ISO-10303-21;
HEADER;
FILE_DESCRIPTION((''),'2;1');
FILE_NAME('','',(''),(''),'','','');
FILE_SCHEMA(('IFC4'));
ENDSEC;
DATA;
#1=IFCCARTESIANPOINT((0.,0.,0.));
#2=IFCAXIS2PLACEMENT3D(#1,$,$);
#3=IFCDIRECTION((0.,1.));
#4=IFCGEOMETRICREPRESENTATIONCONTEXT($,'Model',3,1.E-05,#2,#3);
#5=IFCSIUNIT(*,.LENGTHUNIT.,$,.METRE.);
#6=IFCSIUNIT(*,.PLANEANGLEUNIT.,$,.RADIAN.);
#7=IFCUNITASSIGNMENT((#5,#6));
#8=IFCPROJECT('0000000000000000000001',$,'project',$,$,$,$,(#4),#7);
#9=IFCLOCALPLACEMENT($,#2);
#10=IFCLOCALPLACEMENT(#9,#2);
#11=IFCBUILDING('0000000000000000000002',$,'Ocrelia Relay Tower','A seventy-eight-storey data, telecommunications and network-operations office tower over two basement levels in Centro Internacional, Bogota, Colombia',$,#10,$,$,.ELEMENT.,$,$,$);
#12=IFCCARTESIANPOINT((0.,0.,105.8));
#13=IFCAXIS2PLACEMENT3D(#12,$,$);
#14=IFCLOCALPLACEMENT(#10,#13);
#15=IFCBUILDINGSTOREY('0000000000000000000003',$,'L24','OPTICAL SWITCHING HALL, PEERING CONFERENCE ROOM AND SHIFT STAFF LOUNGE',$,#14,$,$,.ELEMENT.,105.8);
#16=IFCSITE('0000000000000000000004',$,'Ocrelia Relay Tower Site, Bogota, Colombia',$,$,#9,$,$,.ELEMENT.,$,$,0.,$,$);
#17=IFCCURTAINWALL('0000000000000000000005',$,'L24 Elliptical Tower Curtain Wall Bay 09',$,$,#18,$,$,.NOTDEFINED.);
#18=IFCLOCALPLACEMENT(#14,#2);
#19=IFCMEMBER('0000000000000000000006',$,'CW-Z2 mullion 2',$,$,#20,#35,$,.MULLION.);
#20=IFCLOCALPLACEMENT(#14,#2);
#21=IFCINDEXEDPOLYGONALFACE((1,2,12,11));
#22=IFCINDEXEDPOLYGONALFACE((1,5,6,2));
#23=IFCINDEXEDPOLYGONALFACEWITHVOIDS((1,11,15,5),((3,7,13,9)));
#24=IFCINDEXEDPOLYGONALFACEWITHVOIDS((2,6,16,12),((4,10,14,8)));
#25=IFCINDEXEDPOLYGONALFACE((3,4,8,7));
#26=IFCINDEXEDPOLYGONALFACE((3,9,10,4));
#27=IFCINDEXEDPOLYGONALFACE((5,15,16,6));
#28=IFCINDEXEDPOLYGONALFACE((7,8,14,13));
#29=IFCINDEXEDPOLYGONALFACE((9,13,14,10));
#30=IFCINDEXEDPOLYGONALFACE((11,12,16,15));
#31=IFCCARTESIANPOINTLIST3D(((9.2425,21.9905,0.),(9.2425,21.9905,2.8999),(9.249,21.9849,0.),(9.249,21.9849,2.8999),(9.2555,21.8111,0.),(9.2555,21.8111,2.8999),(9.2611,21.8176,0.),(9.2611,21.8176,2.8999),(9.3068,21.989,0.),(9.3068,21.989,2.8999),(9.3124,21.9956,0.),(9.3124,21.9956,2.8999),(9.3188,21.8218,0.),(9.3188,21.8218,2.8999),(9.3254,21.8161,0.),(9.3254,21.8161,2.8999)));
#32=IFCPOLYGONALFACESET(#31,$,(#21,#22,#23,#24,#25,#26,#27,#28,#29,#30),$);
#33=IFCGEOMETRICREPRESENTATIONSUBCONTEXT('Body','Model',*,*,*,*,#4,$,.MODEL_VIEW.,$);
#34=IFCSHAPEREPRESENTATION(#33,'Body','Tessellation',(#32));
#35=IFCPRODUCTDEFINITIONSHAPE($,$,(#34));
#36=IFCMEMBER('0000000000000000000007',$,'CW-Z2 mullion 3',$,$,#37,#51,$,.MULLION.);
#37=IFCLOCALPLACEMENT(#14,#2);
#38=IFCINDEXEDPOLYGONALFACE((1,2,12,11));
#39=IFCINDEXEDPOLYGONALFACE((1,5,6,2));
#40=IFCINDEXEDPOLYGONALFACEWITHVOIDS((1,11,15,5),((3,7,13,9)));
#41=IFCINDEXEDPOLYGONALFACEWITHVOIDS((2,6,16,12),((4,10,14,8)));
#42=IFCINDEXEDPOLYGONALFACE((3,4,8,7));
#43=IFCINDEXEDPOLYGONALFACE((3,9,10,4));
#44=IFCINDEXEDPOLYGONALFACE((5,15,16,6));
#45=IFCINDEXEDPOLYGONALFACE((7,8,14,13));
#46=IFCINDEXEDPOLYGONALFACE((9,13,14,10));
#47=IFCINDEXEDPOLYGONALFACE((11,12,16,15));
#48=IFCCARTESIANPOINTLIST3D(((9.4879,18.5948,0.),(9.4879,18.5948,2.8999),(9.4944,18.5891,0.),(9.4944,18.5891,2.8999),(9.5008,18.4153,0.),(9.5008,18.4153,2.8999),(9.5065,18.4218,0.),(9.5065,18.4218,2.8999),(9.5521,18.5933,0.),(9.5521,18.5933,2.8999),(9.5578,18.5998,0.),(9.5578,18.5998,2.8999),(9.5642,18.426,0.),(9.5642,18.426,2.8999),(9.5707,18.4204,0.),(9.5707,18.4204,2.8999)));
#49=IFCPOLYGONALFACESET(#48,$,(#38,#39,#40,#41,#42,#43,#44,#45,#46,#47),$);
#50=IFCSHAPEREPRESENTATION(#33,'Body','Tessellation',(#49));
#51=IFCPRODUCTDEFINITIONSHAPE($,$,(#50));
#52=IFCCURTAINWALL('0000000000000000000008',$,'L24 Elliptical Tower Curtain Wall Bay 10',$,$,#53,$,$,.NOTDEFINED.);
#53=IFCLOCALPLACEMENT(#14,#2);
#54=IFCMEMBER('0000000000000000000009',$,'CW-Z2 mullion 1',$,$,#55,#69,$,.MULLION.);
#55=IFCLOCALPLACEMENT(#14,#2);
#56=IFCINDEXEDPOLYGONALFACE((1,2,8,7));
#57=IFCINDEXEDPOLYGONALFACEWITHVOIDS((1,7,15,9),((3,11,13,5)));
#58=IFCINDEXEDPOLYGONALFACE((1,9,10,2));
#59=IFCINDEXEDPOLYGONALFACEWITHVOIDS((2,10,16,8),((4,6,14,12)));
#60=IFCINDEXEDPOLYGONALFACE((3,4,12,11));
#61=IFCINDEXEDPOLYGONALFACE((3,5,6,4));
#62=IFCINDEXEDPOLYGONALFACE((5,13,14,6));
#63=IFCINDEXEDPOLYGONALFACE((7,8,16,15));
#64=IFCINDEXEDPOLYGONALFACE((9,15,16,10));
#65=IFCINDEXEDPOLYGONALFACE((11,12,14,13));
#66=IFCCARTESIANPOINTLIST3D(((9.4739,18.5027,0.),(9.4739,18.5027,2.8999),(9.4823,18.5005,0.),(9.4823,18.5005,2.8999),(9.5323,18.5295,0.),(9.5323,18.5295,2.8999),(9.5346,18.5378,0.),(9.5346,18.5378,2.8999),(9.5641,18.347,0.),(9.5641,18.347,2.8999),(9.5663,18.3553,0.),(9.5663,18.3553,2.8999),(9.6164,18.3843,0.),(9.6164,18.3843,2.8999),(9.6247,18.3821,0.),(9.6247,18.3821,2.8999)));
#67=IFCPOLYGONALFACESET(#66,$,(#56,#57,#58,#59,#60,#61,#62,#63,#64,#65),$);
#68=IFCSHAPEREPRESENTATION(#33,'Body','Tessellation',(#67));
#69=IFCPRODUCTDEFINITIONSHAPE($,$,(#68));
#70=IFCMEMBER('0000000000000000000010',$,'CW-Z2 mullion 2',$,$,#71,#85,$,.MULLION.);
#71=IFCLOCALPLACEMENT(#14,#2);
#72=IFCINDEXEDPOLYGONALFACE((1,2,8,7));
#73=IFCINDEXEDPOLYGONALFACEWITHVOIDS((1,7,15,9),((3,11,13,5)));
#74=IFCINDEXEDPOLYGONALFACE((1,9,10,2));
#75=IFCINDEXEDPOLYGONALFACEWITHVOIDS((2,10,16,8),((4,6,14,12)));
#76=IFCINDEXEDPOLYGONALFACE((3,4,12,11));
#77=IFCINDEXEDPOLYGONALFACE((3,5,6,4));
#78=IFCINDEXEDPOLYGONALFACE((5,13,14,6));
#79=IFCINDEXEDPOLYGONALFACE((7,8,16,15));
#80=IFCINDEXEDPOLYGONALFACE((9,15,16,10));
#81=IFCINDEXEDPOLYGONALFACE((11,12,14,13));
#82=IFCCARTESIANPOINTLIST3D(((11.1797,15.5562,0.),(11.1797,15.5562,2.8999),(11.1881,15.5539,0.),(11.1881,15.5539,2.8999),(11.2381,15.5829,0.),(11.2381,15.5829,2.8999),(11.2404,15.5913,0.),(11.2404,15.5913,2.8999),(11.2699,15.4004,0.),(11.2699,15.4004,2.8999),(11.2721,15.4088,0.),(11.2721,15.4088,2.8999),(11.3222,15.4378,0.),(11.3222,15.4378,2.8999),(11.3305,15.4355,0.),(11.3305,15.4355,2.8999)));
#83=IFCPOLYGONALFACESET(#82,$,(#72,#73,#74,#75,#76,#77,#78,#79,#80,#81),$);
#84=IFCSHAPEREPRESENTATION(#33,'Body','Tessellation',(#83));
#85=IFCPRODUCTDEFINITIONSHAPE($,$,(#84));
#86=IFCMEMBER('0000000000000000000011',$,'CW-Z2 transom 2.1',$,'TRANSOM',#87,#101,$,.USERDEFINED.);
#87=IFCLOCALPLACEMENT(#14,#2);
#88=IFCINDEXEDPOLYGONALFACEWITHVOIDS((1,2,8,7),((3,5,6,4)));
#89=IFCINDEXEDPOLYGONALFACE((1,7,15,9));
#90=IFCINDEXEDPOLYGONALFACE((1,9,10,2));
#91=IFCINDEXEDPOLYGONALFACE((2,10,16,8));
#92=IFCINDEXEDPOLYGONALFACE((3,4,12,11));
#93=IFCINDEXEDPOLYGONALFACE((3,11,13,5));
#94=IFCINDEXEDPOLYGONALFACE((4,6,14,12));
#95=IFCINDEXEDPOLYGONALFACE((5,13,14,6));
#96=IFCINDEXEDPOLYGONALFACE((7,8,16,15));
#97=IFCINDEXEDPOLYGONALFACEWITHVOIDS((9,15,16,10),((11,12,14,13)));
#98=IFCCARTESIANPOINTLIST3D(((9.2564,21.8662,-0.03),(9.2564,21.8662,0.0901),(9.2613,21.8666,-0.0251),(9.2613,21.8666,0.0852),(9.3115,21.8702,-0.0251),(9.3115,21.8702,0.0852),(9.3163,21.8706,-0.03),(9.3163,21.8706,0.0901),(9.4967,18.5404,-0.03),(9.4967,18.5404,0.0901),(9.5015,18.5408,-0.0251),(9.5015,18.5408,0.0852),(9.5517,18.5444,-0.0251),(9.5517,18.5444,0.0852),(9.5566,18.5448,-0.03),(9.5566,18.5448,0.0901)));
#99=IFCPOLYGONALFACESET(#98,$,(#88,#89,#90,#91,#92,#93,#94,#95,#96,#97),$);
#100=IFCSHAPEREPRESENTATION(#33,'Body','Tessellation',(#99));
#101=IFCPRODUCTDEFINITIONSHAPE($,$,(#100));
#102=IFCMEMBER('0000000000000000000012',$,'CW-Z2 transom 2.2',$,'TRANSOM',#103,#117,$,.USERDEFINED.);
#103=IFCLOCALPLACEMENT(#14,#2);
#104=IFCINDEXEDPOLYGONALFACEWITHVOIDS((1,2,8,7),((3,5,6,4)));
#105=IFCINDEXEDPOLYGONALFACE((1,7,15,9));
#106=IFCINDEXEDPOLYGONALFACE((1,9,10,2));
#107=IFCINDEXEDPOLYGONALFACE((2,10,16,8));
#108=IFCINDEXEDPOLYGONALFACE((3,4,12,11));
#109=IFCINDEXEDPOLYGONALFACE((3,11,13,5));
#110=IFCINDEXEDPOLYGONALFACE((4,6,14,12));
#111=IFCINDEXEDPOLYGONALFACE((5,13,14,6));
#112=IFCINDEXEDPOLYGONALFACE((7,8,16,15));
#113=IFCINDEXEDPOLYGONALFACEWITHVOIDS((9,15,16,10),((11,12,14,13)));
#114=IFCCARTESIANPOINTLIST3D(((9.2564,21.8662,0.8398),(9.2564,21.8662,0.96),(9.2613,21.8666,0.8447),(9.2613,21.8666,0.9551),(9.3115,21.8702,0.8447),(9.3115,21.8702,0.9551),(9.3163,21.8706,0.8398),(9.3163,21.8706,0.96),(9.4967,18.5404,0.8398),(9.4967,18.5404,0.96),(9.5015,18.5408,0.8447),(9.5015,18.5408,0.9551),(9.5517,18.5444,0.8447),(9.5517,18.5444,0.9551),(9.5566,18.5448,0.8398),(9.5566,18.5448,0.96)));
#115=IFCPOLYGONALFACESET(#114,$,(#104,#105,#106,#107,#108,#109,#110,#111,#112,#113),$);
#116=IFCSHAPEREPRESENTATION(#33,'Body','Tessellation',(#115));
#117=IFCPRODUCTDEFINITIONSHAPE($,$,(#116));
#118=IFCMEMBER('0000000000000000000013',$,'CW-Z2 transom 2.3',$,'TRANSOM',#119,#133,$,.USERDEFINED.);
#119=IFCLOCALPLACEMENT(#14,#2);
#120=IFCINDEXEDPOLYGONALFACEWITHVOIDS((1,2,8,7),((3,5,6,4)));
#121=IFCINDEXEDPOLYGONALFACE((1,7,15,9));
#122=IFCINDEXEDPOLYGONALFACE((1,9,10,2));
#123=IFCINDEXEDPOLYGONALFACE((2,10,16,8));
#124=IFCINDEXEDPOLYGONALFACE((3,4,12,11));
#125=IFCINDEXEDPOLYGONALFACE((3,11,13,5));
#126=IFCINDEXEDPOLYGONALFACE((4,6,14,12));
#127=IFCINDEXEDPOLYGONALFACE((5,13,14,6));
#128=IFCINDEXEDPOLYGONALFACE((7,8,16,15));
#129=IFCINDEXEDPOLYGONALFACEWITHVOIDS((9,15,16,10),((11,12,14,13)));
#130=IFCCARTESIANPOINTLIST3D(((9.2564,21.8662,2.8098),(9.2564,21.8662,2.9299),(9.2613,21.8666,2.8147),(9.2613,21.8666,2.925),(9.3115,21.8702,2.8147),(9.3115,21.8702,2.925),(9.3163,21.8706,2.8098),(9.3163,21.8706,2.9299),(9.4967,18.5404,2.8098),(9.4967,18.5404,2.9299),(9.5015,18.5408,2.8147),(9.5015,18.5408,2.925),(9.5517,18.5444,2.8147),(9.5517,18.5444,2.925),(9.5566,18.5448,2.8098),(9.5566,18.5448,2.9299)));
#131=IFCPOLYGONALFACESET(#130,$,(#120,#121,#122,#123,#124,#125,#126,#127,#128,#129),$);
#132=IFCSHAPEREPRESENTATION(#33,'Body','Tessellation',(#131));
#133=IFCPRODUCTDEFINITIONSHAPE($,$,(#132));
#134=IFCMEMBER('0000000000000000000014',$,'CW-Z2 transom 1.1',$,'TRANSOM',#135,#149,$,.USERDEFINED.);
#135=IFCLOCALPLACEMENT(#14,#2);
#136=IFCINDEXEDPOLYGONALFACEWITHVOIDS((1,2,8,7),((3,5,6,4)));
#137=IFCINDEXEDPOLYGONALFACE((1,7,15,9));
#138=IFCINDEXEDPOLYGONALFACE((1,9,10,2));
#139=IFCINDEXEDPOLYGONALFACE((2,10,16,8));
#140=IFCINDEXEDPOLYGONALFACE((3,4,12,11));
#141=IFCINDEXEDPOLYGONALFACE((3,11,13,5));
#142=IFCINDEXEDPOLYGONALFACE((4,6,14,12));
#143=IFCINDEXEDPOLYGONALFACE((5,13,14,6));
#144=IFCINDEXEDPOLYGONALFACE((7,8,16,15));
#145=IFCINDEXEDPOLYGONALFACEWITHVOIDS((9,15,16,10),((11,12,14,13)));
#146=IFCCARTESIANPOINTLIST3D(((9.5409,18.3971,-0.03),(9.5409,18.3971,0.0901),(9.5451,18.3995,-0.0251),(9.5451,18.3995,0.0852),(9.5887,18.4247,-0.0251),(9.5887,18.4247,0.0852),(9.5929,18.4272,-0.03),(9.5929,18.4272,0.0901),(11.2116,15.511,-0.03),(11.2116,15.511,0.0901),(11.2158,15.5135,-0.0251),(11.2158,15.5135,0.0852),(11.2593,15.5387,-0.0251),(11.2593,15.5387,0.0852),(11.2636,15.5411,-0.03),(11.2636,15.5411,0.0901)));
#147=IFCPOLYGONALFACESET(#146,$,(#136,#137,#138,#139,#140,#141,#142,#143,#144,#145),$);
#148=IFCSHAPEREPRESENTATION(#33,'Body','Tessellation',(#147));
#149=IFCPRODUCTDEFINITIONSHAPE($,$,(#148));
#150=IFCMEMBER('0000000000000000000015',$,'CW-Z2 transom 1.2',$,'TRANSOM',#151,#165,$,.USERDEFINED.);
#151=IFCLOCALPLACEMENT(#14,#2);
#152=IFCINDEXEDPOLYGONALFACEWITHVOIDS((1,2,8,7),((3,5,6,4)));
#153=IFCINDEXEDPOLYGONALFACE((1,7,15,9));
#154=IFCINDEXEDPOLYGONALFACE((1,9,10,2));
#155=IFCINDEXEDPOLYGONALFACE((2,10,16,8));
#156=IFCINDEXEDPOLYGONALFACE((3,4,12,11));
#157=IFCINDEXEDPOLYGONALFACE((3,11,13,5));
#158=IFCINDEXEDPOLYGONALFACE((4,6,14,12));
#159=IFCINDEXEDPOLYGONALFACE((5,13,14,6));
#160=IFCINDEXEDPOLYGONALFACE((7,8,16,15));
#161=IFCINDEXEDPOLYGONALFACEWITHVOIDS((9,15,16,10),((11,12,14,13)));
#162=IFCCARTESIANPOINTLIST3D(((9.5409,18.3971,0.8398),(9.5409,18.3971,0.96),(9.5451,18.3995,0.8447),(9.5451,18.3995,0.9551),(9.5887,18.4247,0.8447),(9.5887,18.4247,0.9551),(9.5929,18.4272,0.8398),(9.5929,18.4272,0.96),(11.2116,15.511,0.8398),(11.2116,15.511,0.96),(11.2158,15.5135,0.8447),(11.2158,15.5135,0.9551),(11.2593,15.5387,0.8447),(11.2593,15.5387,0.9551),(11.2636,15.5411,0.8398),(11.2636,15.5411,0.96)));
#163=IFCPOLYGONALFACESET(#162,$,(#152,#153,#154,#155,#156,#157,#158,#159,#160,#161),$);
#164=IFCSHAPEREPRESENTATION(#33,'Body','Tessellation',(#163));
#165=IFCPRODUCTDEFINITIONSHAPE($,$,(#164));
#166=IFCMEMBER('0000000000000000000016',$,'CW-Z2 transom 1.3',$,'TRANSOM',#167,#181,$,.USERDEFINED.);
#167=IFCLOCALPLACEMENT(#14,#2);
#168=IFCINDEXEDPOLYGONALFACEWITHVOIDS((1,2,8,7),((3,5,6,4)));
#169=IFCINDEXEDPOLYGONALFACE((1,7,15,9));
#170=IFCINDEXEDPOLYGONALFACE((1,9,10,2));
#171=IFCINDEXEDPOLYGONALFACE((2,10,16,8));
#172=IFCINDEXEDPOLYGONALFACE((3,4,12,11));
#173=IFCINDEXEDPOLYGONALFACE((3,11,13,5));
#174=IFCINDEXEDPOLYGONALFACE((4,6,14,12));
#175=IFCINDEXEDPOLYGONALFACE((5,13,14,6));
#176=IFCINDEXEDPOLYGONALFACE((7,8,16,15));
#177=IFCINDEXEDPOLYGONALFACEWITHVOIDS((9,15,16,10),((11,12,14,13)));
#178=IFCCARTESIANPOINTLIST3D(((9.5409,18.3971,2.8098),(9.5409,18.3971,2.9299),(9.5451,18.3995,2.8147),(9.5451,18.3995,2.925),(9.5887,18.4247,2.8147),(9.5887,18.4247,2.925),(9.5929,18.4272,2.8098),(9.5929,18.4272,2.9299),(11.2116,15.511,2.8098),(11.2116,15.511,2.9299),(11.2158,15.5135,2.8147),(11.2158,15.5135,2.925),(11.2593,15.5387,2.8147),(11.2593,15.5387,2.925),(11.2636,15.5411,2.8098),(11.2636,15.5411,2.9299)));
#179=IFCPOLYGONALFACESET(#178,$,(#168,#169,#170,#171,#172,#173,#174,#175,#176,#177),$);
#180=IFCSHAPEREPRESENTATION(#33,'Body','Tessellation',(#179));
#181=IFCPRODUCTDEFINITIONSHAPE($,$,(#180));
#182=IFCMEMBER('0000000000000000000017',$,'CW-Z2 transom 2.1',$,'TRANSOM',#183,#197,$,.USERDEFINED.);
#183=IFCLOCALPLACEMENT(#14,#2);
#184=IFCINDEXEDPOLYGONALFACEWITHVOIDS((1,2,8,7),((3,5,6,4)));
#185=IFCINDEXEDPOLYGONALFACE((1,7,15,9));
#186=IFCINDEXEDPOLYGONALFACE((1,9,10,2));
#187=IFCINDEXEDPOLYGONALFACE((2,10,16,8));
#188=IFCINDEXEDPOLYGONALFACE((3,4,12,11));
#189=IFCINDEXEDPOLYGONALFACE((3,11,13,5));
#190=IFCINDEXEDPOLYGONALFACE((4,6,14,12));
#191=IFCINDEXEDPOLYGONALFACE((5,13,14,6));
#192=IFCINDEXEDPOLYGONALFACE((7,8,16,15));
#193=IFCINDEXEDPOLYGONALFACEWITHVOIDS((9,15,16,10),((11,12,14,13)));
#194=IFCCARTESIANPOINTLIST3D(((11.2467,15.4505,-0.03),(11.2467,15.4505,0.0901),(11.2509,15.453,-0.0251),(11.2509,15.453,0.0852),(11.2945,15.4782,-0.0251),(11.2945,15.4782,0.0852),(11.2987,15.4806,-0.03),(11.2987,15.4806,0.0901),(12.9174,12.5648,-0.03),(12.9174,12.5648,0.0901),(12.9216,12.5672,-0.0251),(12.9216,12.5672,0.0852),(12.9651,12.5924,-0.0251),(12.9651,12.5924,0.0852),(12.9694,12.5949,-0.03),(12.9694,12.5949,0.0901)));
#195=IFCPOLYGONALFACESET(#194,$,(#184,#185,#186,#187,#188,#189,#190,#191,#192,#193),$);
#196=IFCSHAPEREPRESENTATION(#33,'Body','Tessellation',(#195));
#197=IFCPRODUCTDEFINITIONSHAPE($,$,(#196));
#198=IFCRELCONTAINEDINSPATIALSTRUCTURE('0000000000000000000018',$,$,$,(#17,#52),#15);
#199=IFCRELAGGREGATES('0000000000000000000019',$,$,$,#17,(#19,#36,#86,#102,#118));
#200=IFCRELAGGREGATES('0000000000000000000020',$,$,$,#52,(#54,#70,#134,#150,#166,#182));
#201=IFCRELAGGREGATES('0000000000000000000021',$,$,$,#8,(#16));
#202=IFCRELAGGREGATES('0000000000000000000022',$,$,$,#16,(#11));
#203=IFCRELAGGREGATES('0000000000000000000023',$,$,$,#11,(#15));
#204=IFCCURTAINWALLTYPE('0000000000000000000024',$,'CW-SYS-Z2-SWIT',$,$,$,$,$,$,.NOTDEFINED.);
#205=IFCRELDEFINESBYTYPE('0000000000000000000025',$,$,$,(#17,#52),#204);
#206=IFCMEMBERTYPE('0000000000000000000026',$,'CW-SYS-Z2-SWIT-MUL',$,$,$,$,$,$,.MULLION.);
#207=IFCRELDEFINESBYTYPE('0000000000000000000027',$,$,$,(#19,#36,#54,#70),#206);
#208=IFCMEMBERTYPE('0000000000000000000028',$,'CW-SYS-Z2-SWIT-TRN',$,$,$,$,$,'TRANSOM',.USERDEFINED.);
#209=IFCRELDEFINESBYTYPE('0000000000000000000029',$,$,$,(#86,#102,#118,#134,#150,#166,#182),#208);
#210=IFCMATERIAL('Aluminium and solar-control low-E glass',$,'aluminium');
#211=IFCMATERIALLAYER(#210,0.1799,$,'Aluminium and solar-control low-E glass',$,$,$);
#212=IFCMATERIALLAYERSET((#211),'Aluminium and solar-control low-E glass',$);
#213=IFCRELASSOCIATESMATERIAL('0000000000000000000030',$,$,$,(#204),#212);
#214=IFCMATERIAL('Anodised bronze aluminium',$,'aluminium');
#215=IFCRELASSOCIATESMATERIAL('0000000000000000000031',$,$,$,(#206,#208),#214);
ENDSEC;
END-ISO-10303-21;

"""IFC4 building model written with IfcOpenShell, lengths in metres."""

from ifc_helpers import new_model, si_unit, direction, frame, origin, origin_2d, place, context, subcontext, project, spatial, hollow_rectangle, extrude, material, layer, layer_set, material_profile, profile_set, type_object, element, aggregate, save


model = new_model("IFC4")

# Units and contexts
model_context = context("Model", 3, precision=1e-05, world=origin(), true_north=direction((0.0, 1.0)))
body_context = subcontext(model_context, "Body", "Model", "MODEL_VIEW")
ifc_project = project(units=[si_unit("LENGTHUNIT", "METRE"), si_unit("PLANEANGLEUNIT", "RADIAN")], contexts=[model_context])

# Site, building, storey
site_placement = place(None, origin())
site = spatial("IfcSite", under=ifc_project, at=site_placement, Name="Ocrelia Relay Tower Site, Bogota, Colombia", CompositionType="ELEMENT", RefElevation=0.0)
building_placement = place(site_placement, origin())
building = spatial("IfcBuilding", under=site, at=building_placement, Name="Ocrelia Relay Tower", Description="A seventy-eight-storey data, telecommunications and network-operations office tower over two basement levels in Centro Internacional, Bogota, Colombia", CompositionType="ELEMENT")
storey_placement = place(building_placement, frame((0.0, 0.0, 105.8)))
storey = spatial("IfcBuildingStorey", under=building, at=storey_placement, Name="L24", Description="OPTICAL SWITCHING HALL, PEERING CONFERENCE ROOM AND SHIFT STAFF LOUNGE", CompositionType="ELEMENT", Elevation=105.8)

# Curtain walls, members
ifc_material_1 = material(Name="Aluminium and solar-control low-E glass", Category="aluminium")
ifc_layer_1 = layer(ifc_material_1, 0.1799, Name="Aluminium and solar-control low-E glass")
ifc_layer_set_1 = layer_set([ifc_layer_1], Name="Aluminium and solar-control low-E glass")
curtain_wall_type = type_object("IfcCurtainWallType", Name="CW-SYS-Z2-SWIT", PredefinedType="NOTDEFINED", material=ifc_layer_set_1)
curtain_wall_1_placement = place(storey_placement, origin())
curtain_wall_1 = element("IfcCurtainWall", 1, at=curtain_wall_1_placement, inside=storey, type_object=curtain_wall_type, Name="L24 Elliptical Tower Curtain Wall Bay 09", PredefinedType="NOTDEFINED")
ifc_material_2 = material(Name="Anodised bronze aluminium", Category="aluminium")
ifc_material_profile_1 = material_profile(ifc_material_2, hollow_rectangle(XDim=0.0701, YDim=0.1799, WallThickness=0.0061, at=origin_2d()), Name="CW-MUL-180x70")
ifc_profile_set_1 = profile_set([ifc_material_profile_1], Name="Anodised bronze aluminium")
member_type_1 = type_object("IfcMemberType", Name="CW-SYS-Z2-SWIT-MUL", PredefinedType="MULLION", material=ifc_profile_set_1)
member_1_placement = place(storey_placement, frame((9.2839, 21.9033, 0.0), z_axis=(0.0, 0.0, 1.0), x_axis=(0.997402, 0.07203, 0.0)))
member_1 = element("IfcMember", 2, at=member_1_placement, type_object=member_type_1, Name="CW-Z2 mullion 2", PredefinedType="MULLION", context=body_context, shape_type="SweptSolid", body=[
    extrude(hollow_rectangle(XDim=0.0701, YDim=0.1799, WallThickness=0.0061, at=origin_2d()), origin(), (0.0, 0.0, 1.0), 2.8999),
])
member_2_placement = place(storey_placement, frame((9.5293, 18.5076, 0.0), z_axis=(0.0, 0.0, 1.0), x_axis=(0.997402, 0.07203, 0.0)))
member_2 = element("IfcMember", 3, at=member_2_placement, type_object=member_type_1, Name="CW-Z2 mullion 3", PredefinedType="MULLION", context=body_context, shape_type="SweptSolid", body=[
    extrude(hollow_rectangle(XDim=0.0701, YDim=0.1799, WallThickness=0.0061, at=origin_2d()), origin(), (0.0, 0.0, 1.0), 2.8999),
])
curtain_wall_2_placement = place(storey_placement, origin())
curtain_wall_2 = element("IfcCurtainWall", 4, at=curtain_wall_2_placement, inside=storey, type_object=curtain_wall_type, Name="L24 Elliptical Tower Curtain Wall Bay 10", PredefinedType="NOTDEFINED")
member_3_placement = place(storey_placement, frame((9.5493, 18.4424, 0.0), z_axis=(0.0, 0.0, 1.0), x_axis=(0.865423, 0.501042, 0.0)))
member_3 = element("IfcMember", 5, at=member_3_placement, type_object=member_type_1, Name="CW-Z2 mullion 1", PredefinedType="MULLION", context=body_context, shape_type="SweptSolid", body=[
    extrude(hollow_rectangle(XDim=0.0701, YDim=0.1799, WallThickness=0.0061, at=origin_2d()), origin(), (0.0, 0.0, 1.0), 2.8999),
])
member_4_placement = place(storey_placement, frame((11.2551, 15.4958, 0.0), z_axis=(0.0, 0.0, 1.0), x_axis=(0.865423, 0.501042, 0.0)))
member_4 = element("IfcMember", 6, at=member_4_placement, type_object=member_type_1, Name="CW-Z2 mullion 2", PredefinedType="MULLION", context=body_context, shape_type="SweptSolid", body=[
    extrude(hollow_rectangle(XDim=0.0701, YDim=0.1799, WallThickness=0.0061, at=origin_2d()), origin(), (0.0, 0.0, 1.0), 2.8999),
])

# Members
ifc_material_profile_2 = material_profile(ifc_material_2, hollow_rectangle(XDim=0.0601, YDim=0.1201, WallThickness=0.0049, at=origin_2d()), Name="CW-TRN-120x60")
ifc_profile_set_2 = profile_set([ifc_material_profile_2], Name="Anodised bronze aluminium")
member_type_2 = type_object("IfcMemberType", Name="CW-SYS-Z2-SWIT-TRN", ElementType="TRANSOM", PredefinedType="USERDEFINED", material=ifc_profile_set_2)
member_5_placement = place(storey_placement, frame((9.2864, 21.8684, 0.03), z_axis=(0.072043, -0.997402, 0.0), x_axis=(0.997402, 0.072043, 0.0)))
member_5 = element("IfcMember", 7, at=member_5_placement, type_object=member_type_2, Name="CW-Z2 transom 2.1", ObjectType="TRANSOM", PredefinedType="USERDEFINED", context=body_context, shape_type="SweptSolid", body=[
    extrude(hollow_rectangle(XDim=0.0601, YDim=0.1201, WallThickness=0.0049, at=origin_2d()), origin(), (0.0, 0.0, 1.0), 3.3345),
])
member_6_placement = place(storey_placement, frame((9.2864, 21.8684, 0.8999), z_axis=(0.072043, -0.997402, 0.0), x_axis=(0.997402, 0.072043, 0.0)))
member_6 = element("IfcMember", 8, at=member_6_placement, type_object=member_type_2, Name="CW-Z2 transom 2.2", ObjectType="TRANSOM", PredefinedType="USERDEFINED", context=body_context, shape_type="SweptSolid", body=[
    extrude(hollow_rectangle(XDim=0.0601, YDim=0.1201, WallThickness=0.0049, at=origin_2d()), origin(), (0.0, 0.0, 1.0), 3.3345),
])
member_7_placement = place(storey_placement, frame((9.2864, 21.8684, 2.8699), z_axis=(0.072043, -0.997402, 0.0), x_axis=(0.997402, 0.072043, 0.0)))
member_7 = element("IfcMember", 9, at=member_7_placement, type_object=member_type_2, Name="CW-Z2 transom 2.3", ObjectType="TRANSOM", PredefinedType="USERDEFINED", context=body_context, shape_type="SweptSolid", body=[
    extrude(hollow_rectangle(XDim=0.0601, YDim=0.1201, WallThickness=0.0049, at=origin_2d()), origin(), (0.0, 0.0, 1.0), 3.3345),
])
member_8_placement = place(storey_placement, frame((9.5669, 18.4121, 0.03), z_axis=(0.500996, -0.86545, 0.0), x_axis=(0.86545, 0.500996, 0.0)))
member_8 = element("IfcMember", 10, at=member_8_placement, type_object=member_type_2, Name="CW-Z2 transom 1.1", ObjectType="TRANSOM", PredefinedType="USERDEFINED", context=body_context, shape_type="SweptSolid", body=[
    extrude(hollow_rectangle(XDim=0.0601, YDim=0.1201, WallThickness=0.0049, at=origin_2d()), origin(), (0.0, 0.0, 1.0), 3.3347),
])
member_9_placement = place(storey_placement, frame((9.5669, 18.4121, 0.8999), z_axis=(0.500996, -0.86545, 0.0), x_axis=(0.86545, 0.500996, 0.0)))
member_9 = element("IfcMember", 11, at=member_9_placement, type_object=member_type_2, Name="CW-Z2 transom 1.2", ObjectType="TRANSOM", PredefinedType="USERDEFINED", context=body_context, shape_type="SweptSolid", body=[
    extrude(hollow_rectangle(XDim=0.0601, YDim=0.1201, WallThickness=0.0049, at=origin_2d()), origin(), (0.0, 0.0, 1.0), 3.3347),
])
member_10_placement = place(storey_placement, frame((9.5669, 18.4121, 2.8699), z_axis=(0.500996, -0.86545, 0.0), x_axis=(0.86545, 0.500996, 0.0)))
member_10 = element("IfcMember", 12, at=member_10_placement, type_object=member_type_2, Name="CW-Z2 transom 1.3", ObjectType="TRANSOM", PredefinedType="USERDEFINED", context=body_context, shape_type="SweptSolid", body=[
    extrude(hollow_rectangle(XDim=0.0601, YDim=0.1201, WallThickness=0.0049, at=origin_2d()), origin(), (0.0, 0.0, 1.0), 3.3347),
])
member_11_placement = place(storey_placement, frame((11.2727, 15.4656, 0.03), z_axis=(0.501028, -0.865431, 0.0), x_axis=(0.865431, 0.501028, 0.0)))
member_11 = element("IfcMember", 13, at=member_11_placement, type_object=member_type_2, Name="CW-Z2 transom 2.1", ObjectType="TRANSOM", PredefinedType="USERDEFINED", context=body_context, shape_type="SweptSolid", body=[
    extrude(hollow_rectangle(XDim=0.0601, YDim=0.1201, WallThickness=0.0049, at=origin_2d()), origin(), (0.0, 0.0, 1.0), 3.3345),
])

aggregate(curtain_wall_1, [member_1, member_2, member_5, member_6, member_7])
aggregate(curtain_wall_2, [member_3, member_4, member_8, member_9, member_10, member_11])

save(model, "model.ifc")
